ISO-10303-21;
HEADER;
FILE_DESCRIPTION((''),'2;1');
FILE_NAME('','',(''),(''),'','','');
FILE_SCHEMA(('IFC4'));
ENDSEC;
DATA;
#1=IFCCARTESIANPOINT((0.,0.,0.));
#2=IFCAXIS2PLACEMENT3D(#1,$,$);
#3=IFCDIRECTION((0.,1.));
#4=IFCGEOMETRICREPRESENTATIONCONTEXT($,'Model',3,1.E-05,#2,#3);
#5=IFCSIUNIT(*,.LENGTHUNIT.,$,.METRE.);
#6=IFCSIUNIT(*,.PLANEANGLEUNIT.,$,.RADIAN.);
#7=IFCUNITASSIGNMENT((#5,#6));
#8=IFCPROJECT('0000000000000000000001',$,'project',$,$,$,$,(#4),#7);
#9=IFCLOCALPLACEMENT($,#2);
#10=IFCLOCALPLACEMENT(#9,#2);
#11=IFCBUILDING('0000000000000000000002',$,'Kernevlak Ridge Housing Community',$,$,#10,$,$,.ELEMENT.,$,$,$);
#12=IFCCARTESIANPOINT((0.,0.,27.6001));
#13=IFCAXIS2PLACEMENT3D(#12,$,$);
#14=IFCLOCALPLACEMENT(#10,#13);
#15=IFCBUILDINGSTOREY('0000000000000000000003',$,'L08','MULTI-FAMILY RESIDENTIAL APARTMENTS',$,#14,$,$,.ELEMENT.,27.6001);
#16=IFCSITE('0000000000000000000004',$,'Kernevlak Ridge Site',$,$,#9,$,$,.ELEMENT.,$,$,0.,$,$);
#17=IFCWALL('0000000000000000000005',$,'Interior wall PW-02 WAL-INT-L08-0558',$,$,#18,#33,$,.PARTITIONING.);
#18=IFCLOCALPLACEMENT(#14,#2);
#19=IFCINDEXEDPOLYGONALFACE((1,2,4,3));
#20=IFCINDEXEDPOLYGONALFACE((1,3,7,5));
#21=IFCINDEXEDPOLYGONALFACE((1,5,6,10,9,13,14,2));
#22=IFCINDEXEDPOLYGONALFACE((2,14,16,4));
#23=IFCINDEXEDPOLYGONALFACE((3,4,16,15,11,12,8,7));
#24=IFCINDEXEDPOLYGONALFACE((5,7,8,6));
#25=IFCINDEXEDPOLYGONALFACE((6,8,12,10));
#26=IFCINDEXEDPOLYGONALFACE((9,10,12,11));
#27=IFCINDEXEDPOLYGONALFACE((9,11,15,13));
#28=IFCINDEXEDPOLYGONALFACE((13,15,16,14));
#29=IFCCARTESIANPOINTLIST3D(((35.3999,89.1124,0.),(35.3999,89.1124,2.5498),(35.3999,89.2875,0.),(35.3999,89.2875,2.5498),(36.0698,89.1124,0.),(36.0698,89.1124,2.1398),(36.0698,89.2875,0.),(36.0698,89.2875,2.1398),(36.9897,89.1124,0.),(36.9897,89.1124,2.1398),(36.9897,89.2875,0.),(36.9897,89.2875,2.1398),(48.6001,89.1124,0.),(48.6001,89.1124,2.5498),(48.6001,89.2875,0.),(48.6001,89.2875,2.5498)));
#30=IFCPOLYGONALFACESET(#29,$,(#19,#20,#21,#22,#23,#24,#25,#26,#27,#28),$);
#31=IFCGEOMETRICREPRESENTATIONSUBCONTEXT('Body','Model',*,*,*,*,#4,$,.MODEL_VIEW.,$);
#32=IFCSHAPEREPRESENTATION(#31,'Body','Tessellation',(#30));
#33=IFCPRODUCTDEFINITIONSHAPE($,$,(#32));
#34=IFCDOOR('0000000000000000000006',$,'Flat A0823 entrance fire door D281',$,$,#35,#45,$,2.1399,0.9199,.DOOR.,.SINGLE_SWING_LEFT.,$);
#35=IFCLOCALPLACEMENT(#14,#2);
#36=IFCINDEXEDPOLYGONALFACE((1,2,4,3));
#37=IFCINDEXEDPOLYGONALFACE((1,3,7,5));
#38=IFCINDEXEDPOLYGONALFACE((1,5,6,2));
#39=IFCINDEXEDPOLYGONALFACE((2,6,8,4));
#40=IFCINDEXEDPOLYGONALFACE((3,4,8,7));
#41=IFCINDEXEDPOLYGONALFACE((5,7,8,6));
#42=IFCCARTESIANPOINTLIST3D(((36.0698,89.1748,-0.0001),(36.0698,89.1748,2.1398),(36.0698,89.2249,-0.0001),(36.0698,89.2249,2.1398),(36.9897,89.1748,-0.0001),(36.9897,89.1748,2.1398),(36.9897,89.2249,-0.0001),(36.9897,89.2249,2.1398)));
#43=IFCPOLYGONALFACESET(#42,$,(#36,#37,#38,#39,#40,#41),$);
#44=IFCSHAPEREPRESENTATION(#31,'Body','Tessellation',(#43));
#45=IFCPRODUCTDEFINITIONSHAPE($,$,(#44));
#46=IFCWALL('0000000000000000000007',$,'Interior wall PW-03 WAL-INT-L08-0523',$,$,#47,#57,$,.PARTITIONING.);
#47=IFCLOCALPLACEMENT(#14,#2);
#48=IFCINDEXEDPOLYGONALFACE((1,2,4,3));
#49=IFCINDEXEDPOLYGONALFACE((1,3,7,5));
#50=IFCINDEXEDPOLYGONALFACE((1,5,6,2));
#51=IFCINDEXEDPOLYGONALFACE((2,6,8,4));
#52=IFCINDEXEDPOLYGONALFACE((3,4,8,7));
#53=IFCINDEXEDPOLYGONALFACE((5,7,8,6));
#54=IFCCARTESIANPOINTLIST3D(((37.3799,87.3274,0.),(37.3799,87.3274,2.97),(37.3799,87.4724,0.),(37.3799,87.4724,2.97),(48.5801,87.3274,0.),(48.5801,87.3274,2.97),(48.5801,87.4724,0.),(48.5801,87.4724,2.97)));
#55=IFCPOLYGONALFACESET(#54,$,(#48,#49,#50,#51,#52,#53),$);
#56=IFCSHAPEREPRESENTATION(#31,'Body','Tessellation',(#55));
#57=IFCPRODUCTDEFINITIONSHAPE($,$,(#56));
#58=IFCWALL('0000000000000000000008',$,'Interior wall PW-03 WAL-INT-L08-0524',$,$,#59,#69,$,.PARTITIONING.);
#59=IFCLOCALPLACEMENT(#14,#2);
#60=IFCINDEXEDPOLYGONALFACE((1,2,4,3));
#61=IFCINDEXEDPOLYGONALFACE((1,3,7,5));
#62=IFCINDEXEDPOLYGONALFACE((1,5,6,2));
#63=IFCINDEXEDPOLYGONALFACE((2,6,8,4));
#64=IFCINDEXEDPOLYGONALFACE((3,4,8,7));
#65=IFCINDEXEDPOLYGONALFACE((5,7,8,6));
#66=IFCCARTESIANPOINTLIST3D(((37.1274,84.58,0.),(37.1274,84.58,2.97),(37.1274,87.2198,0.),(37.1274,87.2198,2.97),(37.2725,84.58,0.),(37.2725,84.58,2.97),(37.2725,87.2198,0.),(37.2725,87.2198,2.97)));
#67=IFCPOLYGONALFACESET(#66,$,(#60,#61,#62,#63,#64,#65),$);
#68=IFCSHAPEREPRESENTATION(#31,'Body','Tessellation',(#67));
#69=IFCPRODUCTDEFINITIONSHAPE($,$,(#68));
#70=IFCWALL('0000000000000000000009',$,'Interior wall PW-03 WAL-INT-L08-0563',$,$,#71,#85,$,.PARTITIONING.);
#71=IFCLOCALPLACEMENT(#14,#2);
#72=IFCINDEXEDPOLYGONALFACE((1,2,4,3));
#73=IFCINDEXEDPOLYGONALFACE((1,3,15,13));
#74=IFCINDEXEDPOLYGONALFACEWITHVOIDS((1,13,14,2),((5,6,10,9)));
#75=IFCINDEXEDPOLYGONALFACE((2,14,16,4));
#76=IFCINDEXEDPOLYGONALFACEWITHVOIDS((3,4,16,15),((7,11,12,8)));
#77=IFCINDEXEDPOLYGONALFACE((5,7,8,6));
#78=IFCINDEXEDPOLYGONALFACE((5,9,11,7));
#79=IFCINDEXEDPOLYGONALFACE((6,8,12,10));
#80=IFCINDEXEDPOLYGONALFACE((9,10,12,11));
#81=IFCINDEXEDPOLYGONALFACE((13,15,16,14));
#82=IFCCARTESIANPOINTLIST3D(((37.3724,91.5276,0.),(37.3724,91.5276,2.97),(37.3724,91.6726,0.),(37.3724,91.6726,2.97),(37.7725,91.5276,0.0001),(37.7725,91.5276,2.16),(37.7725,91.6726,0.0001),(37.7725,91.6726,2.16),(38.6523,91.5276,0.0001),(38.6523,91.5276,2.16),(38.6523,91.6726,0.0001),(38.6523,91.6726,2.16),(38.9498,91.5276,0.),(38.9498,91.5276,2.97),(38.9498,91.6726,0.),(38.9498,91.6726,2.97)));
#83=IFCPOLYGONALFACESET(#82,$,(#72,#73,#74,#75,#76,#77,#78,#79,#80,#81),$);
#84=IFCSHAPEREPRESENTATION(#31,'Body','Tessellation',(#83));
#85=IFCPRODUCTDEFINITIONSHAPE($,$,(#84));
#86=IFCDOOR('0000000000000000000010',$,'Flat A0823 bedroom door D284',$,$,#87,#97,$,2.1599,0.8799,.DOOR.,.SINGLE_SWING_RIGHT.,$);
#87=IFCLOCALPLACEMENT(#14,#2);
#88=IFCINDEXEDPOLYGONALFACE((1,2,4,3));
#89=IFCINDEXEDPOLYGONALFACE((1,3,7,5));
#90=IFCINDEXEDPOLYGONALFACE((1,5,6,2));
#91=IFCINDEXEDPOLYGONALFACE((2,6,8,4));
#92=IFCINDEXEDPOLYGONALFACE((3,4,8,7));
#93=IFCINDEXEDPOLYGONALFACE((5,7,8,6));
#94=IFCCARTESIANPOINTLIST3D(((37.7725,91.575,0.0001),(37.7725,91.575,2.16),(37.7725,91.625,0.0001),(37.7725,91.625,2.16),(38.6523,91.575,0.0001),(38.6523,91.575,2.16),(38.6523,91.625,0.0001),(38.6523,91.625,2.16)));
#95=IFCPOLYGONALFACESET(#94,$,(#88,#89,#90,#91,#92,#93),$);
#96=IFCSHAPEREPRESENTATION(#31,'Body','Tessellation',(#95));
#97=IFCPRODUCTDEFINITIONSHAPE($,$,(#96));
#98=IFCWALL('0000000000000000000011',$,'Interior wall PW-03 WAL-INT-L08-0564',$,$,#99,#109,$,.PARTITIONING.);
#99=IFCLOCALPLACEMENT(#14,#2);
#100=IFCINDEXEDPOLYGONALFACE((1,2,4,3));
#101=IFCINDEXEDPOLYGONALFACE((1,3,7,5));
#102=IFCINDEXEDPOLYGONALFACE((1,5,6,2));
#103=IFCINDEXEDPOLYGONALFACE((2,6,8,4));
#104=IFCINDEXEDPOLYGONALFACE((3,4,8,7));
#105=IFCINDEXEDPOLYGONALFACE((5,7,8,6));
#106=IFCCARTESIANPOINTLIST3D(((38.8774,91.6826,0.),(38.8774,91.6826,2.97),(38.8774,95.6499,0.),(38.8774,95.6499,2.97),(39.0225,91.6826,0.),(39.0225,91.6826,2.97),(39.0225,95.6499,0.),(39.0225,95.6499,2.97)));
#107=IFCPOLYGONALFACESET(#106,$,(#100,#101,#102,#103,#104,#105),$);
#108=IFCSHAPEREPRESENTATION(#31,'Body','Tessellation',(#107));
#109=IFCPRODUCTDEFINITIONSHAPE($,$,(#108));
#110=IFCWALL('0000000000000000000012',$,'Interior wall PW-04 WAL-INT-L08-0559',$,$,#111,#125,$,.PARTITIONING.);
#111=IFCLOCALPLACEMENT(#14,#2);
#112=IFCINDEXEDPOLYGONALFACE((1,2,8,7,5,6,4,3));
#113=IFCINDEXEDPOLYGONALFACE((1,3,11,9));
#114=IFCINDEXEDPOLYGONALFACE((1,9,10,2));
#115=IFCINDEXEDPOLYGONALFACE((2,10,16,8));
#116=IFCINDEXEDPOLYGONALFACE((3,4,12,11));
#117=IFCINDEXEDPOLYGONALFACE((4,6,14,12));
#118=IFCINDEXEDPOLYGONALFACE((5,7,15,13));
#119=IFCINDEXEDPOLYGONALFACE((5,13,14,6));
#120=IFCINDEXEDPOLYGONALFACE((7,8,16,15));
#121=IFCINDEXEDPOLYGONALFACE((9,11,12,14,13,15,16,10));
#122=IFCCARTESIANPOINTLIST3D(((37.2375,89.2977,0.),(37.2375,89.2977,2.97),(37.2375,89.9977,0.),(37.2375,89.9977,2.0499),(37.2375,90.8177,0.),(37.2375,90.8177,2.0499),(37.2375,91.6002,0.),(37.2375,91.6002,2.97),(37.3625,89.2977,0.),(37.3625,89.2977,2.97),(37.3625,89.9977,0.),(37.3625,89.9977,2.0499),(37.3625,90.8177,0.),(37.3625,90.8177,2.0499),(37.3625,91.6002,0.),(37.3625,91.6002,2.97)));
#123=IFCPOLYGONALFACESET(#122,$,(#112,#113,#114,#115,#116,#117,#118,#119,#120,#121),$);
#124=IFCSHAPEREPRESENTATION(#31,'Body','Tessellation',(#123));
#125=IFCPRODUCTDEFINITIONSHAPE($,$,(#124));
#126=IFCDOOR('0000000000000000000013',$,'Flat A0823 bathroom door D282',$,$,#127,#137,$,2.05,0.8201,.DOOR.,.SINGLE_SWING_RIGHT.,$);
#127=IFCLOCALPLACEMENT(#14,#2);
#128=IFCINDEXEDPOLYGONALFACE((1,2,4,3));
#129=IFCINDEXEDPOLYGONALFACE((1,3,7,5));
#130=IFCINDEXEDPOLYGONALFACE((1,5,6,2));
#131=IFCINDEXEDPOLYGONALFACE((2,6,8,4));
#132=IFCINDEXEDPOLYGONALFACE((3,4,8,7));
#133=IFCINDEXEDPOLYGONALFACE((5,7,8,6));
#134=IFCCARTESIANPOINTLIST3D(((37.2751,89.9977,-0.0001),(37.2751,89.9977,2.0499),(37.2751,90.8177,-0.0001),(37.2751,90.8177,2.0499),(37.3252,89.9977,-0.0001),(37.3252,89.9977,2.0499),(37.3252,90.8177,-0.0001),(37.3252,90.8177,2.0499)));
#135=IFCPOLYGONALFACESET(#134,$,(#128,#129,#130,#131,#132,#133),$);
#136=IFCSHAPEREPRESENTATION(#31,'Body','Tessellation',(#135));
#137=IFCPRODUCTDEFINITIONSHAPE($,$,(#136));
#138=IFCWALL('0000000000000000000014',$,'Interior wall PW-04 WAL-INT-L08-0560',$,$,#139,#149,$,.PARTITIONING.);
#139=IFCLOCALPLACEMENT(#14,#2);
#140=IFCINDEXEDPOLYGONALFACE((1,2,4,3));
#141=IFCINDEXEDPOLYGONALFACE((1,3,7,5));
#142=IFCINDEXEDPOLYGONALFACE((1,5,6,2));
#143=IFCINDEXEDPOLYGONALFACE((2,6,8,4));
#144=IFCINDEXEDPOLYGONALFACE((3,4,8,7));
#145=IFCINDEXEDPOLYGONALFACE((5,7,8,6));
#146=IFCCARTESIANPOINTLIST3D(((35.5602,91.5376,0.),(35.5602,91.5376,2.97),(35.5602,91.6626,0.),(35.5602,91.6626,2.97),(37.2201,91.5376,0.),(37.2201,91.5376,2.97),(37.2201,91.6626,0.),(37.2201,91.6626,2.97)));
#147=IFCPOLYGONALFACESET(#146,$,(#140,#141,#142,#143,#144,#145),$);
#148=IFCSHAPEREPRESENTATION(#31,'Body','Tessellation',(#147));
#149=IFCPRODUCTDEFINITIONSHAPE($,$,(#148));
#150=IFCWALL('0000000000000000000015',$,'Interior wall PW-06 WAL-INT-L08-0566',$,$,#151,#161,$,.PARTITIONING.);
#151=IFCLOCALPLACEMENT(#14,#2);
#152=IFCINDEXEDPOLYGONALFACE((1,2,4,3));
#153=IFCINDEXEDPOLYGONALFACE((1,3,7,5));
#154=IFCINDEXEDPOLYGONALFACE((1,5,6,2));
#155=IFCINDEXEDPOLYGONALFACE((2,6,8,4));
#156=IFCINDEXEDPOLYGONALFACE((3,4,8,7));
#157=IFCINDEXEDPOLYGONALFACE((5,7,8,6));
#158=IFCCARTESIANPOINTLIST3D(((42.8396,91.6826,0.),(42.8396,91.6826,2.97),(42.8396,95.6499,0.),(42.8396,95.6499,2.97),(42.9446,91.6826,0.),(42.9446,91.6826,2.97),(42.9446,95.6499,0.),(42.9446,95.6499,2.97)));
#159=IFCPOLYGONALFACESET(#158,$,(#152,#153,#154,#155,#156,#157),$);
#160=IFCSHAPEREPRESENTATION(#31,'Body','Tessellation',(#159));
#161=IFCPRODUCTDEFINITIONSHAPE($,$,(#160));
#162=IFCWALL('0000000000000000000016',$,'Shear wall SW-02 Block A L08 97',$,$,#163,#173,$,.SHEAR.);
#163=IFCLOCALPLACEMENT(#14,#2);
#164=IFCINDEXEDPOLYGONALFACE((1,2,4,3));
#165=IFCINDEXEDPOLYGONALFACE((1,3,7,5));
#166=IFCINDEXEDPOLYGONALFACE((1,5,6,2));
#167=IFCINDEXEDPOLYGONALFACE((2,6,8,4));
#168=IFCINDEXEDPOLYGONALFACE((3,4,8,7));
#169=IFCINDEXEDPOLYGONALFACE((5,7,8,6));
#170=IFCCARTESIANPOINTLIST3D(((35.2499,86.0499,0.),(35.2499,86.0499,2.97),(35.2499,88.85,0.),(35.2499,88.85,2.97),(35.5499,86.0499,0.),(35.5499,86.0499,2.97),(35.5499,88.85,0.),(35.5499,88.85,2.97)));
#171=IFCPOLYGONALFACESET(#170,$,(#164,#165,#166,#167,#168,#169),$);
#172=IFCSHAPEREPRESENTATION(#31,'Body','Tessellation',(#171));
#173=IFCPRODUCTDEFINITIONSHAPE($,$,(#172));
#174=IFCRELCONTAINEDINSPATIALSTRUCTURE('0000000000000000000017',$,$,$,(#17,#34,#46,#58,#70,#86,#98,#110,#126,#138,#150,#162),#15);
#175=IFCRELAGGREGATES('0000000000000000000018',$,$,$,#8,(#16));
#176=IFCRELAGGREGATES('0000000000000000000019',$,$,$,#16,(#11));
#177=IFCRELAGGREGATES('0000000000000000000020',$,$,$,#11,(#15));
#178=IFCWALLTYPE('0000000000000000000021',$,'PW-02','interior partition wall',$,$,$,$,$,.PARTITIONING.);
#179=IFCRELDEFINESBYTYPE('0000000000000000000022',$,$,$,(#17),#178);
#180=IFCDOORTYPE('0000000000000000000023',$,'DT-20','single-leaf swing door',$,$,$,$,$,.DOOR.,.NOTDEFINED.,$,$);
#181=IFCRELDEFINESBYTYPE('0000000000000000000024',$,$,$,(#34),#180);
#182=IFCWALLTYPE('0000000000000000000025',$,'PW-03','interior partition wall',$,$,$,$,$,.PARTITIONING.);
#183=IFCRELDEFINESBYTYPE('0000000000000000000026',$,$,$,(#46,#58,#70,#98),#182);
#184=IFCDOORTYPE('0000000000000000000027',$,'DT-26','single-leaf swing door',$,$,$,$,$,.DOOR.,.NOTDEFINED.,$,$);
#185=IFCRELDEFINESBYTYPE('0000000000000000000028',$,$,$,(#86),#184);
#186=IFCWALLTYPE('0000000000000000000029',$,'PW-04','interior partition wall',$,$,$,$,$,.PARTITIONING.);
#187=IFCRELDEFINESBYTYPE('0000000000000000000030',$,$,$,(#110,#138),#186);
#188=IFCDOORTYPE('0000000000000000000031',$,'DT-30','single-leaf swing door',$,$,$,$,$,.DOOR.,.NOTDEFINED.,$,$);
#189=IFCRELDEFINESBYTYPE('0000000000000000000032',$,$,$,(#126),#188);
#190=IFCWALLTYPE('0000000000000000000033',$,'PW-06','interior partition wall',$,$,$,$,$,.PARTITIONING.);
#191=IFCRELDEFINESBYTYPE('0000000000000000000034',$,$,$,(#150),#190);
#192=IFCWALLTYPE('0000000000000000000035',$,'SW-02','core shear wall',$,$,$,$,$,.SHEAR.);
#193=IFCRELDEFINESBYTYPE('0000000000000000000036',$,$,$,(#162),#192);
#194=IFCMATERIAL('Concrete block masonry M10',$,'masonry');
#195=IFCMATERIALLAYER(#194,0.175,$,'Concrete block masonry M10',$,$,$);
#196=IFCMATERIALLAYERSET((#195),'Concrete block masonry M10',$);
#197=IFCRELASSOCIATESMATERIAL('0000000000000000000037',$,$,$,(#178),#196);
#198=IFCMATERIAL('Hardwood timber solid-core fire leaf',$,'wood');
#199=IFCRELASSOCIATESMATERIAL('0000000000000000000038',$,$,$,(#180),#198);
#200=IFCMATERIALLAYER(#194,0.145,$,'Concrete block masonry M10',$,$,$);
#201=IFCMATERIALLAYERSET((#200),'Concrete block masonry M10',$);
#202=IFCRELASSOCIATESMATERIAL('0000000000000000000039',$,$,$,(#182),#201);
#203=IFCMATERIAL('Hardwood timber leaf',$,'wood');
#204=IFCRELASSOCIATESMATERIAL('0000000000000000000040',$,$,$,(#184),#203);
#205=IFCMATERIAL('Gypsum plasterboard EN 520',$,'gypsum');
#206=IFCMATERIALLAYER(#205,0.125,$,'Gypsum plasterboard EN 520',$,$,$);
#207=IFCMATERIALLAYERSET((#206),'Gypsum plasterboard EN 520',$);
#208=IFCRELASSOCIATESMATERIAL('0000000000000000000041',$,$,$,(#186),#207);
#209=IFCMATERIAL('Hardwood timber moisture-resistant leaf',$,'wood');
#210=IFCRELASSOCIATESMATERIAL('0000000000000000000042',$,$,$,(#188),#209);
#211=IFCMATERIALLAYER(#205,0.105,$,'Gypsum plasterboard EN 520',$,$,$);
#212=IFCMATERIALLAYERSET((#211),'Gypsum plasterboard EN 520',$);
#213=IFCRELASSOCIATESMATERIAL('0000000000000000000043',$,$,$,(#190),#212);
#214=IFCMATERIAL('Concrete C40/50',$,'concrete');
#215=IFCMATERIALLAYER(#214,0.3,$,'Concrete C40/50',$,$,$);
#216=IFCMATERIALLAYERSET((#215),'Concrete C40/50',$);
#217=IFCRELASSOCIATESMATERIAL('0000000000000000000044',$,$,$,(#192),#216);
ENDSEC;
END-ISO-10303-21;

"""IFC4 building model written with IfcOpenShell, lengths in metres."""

from ifc_helpers import new_model, si_unit, direction, frame, frame_2d, origin, place, context, subcontext, project, spatial, rectangle, extrude, material, layer, layer_set, type_object, element, fill, save


model = new_model("IFC4")

# Units and contexts
model_context = context("Model", 3, precision=1e-05, world=origin(), true_north=direction((0.0, 1.0)))
body_context = subcontext(model_context, "Body", "Model", "MODEL_VIEW")
ifc_project = project(units=[si_unit("LENGTHUNIT", "METRE"), si_unit("PLANEANGLEUNIT", "RADIAN")], contexts=[model_context])

# Site, building, storey
site_placement = place(None, origin())
site = spatial("IfcSite", under=ifc_project, at=site_placement, Name="Kernevlak Ridge Site", CompositionType="ELEMENT", RefElevation=0.0)
building_placement = place(site_placement, origin())
building = spatial("IfcBuilding", under=site, at=building_placement, Name="Kernevlak Ridge Housing Community", CompositionType="ELEMENT")
storey_placement = place(building_placement, frame((0.0, 0.0, 27.6001)))
storey = spatial("IfcBuildingStorey", under=building, at=storey_placement, Name="L08", Description="MULTI-FAMILY RESIDENTIAL APARTMENTS", CompositionType="ELEMENT", Elevation=27.6001)

# Shared definitions
ifc_material_1 = material(Name="Concrete C40/50", Category="concrete")

# Shared definitions
ifc_material_2 = material(Name="Concrete block masonry M10", Category="masonry")

# Shared definitions
ifc_layer_1 = layer(ifc_material_2, 0.175, Name="Concrete block masonry M10")
ifc_layer_set_1 = layer_set([ifc_layer_1], Name="Concrete block masonry M10")
wall_type_1 = type_object("IfcWallType", Name="PW-02", Description="interior partition wall", PredefinedType="PARTITIONING", material=ifc_layer_set_1)

# Wall, opening, door
wall_1_placement = place(storey_placement, frame((35.3999, 89.2, 0.0), z_axis=(0.0, 0.0, 1.0), x_axis=(1.0, 0.0, 0.0)))
wall_1 = element("IfcWall", 1, at=wall_1_placement, inside=storey, type_object=wall_type_1, Name="Interior wall PW-02 WAL-INT-L08-0558", PredefinedType="PARTITIONING", context=body_context, shape_type="SweptSolid", body=[
    extrude(rectangle(XDim=13.2002, YDim=0.175, at=frame_2d((6.6001, 0.0))), origin(), (0.0, 0.0, 1.0), 2.5498),
])
opening_1_placement = place(wall_1_placement, frame((0.6699, 0.0, 0.0)))
opening_1 = element("IfcOpeningElement", 2, at=opening_1_placement, cuts=wall_1, PredefinedType="OPENING", context=body_context, shape_type="SweptSolid", body=[
    extrude(rectangle(XDim=0.9199, YDim=2.1399, at=frame_2d((0.46, 1.0698))), frame((0.0, 0.0974, 0.0), z_axis=(0.0, -1.0, 0.0), x_axis=(1.0, 0.0, 0.0)), (0.0, 0.0, 1.0), 0.1951),
])
ifc_material_3 = material(Name="Hardwood timber solid-core fire leaf", Category="wood")
door_type_1 = type_object("IfcDoorType", Name="DT-20", Description="single-leaf swing door", OperationType="NOTDEFINED", PredefinedType="DOOR", material=ifc_material_3)
door_1_placement = place(opening_1_placement, origin())
door_1 = element("IfcDoor", 3, at=door_1_placement, inside=storey, type_object=door_type_1, Name="Flat A0823 entrance fire door D281", OperationType="SINGLE_SWING_LEFT", OverallHeight=2.1399, OverallWidth=0.9199, PredefinedType="DOOR", context=body_context, shape_type="SweptSolid", body=[
    extrude(rectangle(XDim=0.9199, YDim=2.1399, at=frame_2d((0.46, 1.0698))), frame((0.0, 0.0249, 0.0), z_axis=(0.0, -1.0, 0.0), x_axis=(1.0, 0.0, 0.0)), (0.0, 0.0, 1.0), 0.05),
])
fill(opening_1, door_1)

# Walls
ifc_layer_2 = layer(ifc_material_2, 0.145, Name="Concrete block masonry M10")
ifc_layer_set_2 = layer_set([ifc_layer_2], Name="Concrete block masonry M10")
wall_type_2 = type_object("IfcWallType", Name="PW-03", Description="interior partition wall", PredefinedType="PARTITIONING", material=ifc_layer_set_2)
wall_2_placement = place(storey_placement, frame((37.3799, 87.3999, 0.0), z_axis=(0.0, 0.0, 1.0), x_axis=(1.0, 0.0, 0.0)))
element("IfcWall", 4, at=wall_2_placement, inside=storey, type_object=wall_type_2, Name="Interior wall PW-03 WAL-INT-L08-0523", PredefinedType="PARTITIONING", context=body_context, shape_type="SweptSolid", body=[
    extrude(rectangle(XDim=11.2002, YDim=0.145, at=frame_2d((5.6001, 0.0))), origin(), (0.0, 0.0, 1.0), 2.97),
])
wall_3_placement = place(storey_placement, frame((37.2, 84.5801, 0.0), z_axis=(0.0, 0.0, 1.0), x_axis=(0.0, 1.0, 0.0)))
element("IfcWall", 5, at=wall_3_placement, inside=storey, type_object=wall_type_2, Name="Interior wall PW-03 WAL-INT-L08-0524", PredefinedType="PARTITIONING", context=body_context, shape_type="SweptSolid", body=[
    extrude(rectangle(XDim=2.6399, YDim=0.145, at=frame_2d((1.3198, 0.0))), origin(), (0.0, 0.0, 1.0), 2.97),
])

# Wall, opening, door
wall_4_placement = place(storey_placement, frame((37.3726, 91.6001, 0.0), z_axis=(0.0, 0.0, 1.0), x_axis=(1.0, 0.0, 0.0)))
wall_4 = element("IfcWall", 6, at=wall_4_placement, inside=storey, type_object=wall_type_2, Name="Interior wall PW-03 WAL-INT-L08-0563", PredefinedType="PARTITIONING", context=body_context, shape_type="SweptSolid", body=[
    extrude(rectangle(XDim=1.5774, YDim=0.145, at=frame_2d((0.7886, 0.0))), origin(), (0.0, 0.0, 1.0), 2.97),
])
opening_2_placement = place(wall_4_placement, frame((0.3999, 0.0, 0.0)))
opening_2 = element("IfcOpeningElement", 7, at=opening_2_placement, cuts=wall_4, PredefinedType="OPENING", context=body_context, shape_type="SweptSolid", body=[
    extrude(rectangle(XDim=0.8799, YDim=2.1599, at=frame_2d((0.4399, 1.0801))), frame((0.0, 0.0825, 0.0), z_axis=(0.0, -1.0, 0.0), x_axis=(1.0, 0.0, 0.0)), (0.0, 0.0, 1.0), 0.165),
])
ifc_material_4 = material(Name="Hardwood timber leaf", Category="wood")
door_type_2 = type_object("IfcDoorType", Name="DT-26", Description="single-leaf swing door", OperationType="NOTDEFINED", PredefinedType="DOOR", material=ifc_material_4)
door_2_placement = place(opening_2_placement, origin())
door_2 = element("IfcDoor", 8, at=door_2_placement, inside=storey, type_object=door_type_2, Name="Flat A0823 bedroom door D284", OperationType="SINGLE_SWING_RIGHT", OverallHeight=2.1599, OverallWidth=0.8799, PredefinedType="DOOR", context=body_context, shape_type="SweptSolid", body=[
    extrude(rectangle(XDim=0.8799, YDim=2.1599, at=frame_2d((0.4399, 1.0801))), frame((0.0, 0.0249, 0.0), z_axis=(0.0, -1.0, 0.0), x_axis=(1.0, 0.0, 0.0)), (0.0, 0.0, 1.0), 0.05),
])
fill(opening_2, door_2)

# Wall
wall_5_placement = place(storey_placement, frame((38.95, 91.6826, 0.0), z_axis=(0.0, 0.0, 1.0), x_axis=(0.0, 1.0, 0.0)))
element("IfcWall", 9, at=wall_5_placement, inside=storey, type_object=wall_type_2, Name="Interior wall PW-03 WAL-INT-L08-0564", PredefinedType="PARTITIONING", context=body_context, shape_type="SweptSolid", body=[
    extrude(rectangle(XDim=3.9673, YDim=0.145, at=frame_2d((1.9836, 0.0))), origin(), (0.0, 0.0, 1.0), 2.97),
])

# Wall, opening, door
ifc_material_5 = material(Name="Gypsum plasterboard EN 520", Category="gypsum")
ifc_layer_3 = layer(ifc_material_5, 0.125, Name="Gypsum plasterboard EN 520")
ifc_layer_set_3 = layer_set([ifc_layer_3], Name="Gypsum plasterboard EN 520")
wall_type_3 = type_object("IfcWallType", Name="PW-04", Description="interior partition wall", PredefinedType="PARTITIONING", material=ifc_layer_set_3)
wall_6_placement = place(storey_placement, frame((37.3, 89.2976, 0.0), z_axis=(0.0, 0.0, 1.0), x_axis=(0.0, 1.0, 0.0)))
wall_6 = element("IfcWall", 10, at=wall_6_placement, inside=storey, type_object=wall_type_3, Name="Interior wall PW-04 WAL-INT-L08-0559", PredefinedType="PARTITIONING", context=body_context, shape_type="SweptSolid", body=[
    extrude(rectangle(XDim=2.3025, YDim=0.125, at=frame_2d((1.1514, 0.0))), origin(), (0.0, 0.0, 1.0), 2.97),
])
opening_3_placement = place(wall_6_placement, frame((0.7, 0.0, 0.0)))
opening_3 = element("IfcOpeningElement", 11, at=opening_3_placement, cuts=wall_6, PredefinedType="OPENING", context=body_context, shape_type="SweptSolid", body=[
    extrude(rectangle(XDim=0.8201, YDim=2.05, at=frame_2d((0.4102, 1.0249))), frame((0.0, 0.0725, 0.0), z_axis=(0.0, -1.0, 0.0), x_axis=(1.0, 0.0, 0.0)), (0.0, 0.0, 1.0), 0.145),
])
ifc_material_6 = material(Name="Hardwood timber moisture-resistant leaf", Category="wood")
door_type_3 = type_object("IfcDoorType", Name="DT-30", Description="single-leaf swing door", OperationType="NOTDEFINED", PredefinedType="DOOR", material=ifc_material_6)
door_3_placement = place(opening_3_placement, origin())
door_3 = element("IfcDoor", 12, at=door_3_placement, inside=storey, type_object=door_type_3, Name="Flat A0823 bathroom door D282", OperationType="SINGLE_SWING_RIGHT", OverallHeight=2.05, OverallWidth=0.8201, PredefinedType="DOOR", context=body_context, shape_type="SweptSolid", body=[
    extrude(rectangle(XDim=0.8201, YDim=2.05, at=frame_2d((0.4102, 1.0249))), frame((0.0, 0.0249, 0.0), z_axis=(0.0, -1.0, 0.0), x_axis=(1.0, 0.0, 0.0)), (0.0, 0.0, 1.0), 0.05),
])
fill(opening_3, door_3)

# Walls
wall_7_placement = place(storey_placement, frame((35.5601, 91.6001, 0.0), z_axis=(0.0, 0.0, 1.0), x_axis=(1.0, 0.0, 0.0)))
element("IfcWall", 13, at=wall_7_placement, inside=storey, type_object=wall_type_3, Name="Interior wall PW-04 WAL-INT-L08-0560", PredefinedType="PARTITIONING", context=body_context, shape_type="SweptSolid", body=[
    extrude(rectangle(XDim=1.6599, YDim=0.125, at=frame_2d((0.8301, 0.0))), origin(), (0.0, 0.0, 1.0), 2.97),
])
ifc_layer_4 = layer(ifc_material_5, 0.105, Name="Gypsum plasterboard EN 520")
ifc_layer_set_4 = layer_set([ifc_layer_4], Name="Gypsum plasterboard EN 520")
wall_type_4 = type_object("IfcWallType", Name="PW-06", Description="interior partition wall", PredefinedType="PARTITIONING", material=ifc_layer_set_4)
wall_8_placement = place(storey_placement, frame((42.8921, 91.6826, 0.0), z_axis=(0.0, 0.0, 1.0), x_axis=(0.0, 1.0, 0.0)))
element("IfcWall", 14, at=wall_8_placement, inside=storey, type_object=wall_type_4, Name="Interior wall PW-06 WAL-INT-L08-0566", PredefinedType="PARTITIONING", context=body_context, shape_type="SweptSolid", body=[
    extrude(rectangle(XDim=3.9673, YDim=0.105, at=frame_2d((1.9836, 0.0))), origin(), (0.0, 0.0, 1.0), 2.97),
])
ifc_layer_5 = layer(ifc_material_1, 0.3, Name="Concrete C40/50")
ifc_layer_set_5 = layer_set([ifc_layer_5], Name="Concrete C40/50")
wall_type_5 = type_object("IfcWallType", Name="SW-02", Description="core shear wall", PredefinedType="SHEAR", material=ifc_layer_set_5)
wall_9_placement = place(storey_placement, frame((35.3999, 86.05, 0.0), z_axis=(0.0, 0.0, 1.0), x_axis=(0.0, 1.0, 0.0)))
element("IfcWall", 15, at=wall_9_placement, inside=storey, type_object=wall_type_5, Name="Shear wall SW-02 Block A L08 97", PredefinedType="SHEAR", context=body_context, shape_type="SweptSolid", body=[
    extrude(rectangle(XDim=2.8, YDim=0.3, at=frame_2d((1.3999, 0.0))), origin(), (0.0, 0.0, 1.0), 2.97),
])

save(model, "model.ifc")
